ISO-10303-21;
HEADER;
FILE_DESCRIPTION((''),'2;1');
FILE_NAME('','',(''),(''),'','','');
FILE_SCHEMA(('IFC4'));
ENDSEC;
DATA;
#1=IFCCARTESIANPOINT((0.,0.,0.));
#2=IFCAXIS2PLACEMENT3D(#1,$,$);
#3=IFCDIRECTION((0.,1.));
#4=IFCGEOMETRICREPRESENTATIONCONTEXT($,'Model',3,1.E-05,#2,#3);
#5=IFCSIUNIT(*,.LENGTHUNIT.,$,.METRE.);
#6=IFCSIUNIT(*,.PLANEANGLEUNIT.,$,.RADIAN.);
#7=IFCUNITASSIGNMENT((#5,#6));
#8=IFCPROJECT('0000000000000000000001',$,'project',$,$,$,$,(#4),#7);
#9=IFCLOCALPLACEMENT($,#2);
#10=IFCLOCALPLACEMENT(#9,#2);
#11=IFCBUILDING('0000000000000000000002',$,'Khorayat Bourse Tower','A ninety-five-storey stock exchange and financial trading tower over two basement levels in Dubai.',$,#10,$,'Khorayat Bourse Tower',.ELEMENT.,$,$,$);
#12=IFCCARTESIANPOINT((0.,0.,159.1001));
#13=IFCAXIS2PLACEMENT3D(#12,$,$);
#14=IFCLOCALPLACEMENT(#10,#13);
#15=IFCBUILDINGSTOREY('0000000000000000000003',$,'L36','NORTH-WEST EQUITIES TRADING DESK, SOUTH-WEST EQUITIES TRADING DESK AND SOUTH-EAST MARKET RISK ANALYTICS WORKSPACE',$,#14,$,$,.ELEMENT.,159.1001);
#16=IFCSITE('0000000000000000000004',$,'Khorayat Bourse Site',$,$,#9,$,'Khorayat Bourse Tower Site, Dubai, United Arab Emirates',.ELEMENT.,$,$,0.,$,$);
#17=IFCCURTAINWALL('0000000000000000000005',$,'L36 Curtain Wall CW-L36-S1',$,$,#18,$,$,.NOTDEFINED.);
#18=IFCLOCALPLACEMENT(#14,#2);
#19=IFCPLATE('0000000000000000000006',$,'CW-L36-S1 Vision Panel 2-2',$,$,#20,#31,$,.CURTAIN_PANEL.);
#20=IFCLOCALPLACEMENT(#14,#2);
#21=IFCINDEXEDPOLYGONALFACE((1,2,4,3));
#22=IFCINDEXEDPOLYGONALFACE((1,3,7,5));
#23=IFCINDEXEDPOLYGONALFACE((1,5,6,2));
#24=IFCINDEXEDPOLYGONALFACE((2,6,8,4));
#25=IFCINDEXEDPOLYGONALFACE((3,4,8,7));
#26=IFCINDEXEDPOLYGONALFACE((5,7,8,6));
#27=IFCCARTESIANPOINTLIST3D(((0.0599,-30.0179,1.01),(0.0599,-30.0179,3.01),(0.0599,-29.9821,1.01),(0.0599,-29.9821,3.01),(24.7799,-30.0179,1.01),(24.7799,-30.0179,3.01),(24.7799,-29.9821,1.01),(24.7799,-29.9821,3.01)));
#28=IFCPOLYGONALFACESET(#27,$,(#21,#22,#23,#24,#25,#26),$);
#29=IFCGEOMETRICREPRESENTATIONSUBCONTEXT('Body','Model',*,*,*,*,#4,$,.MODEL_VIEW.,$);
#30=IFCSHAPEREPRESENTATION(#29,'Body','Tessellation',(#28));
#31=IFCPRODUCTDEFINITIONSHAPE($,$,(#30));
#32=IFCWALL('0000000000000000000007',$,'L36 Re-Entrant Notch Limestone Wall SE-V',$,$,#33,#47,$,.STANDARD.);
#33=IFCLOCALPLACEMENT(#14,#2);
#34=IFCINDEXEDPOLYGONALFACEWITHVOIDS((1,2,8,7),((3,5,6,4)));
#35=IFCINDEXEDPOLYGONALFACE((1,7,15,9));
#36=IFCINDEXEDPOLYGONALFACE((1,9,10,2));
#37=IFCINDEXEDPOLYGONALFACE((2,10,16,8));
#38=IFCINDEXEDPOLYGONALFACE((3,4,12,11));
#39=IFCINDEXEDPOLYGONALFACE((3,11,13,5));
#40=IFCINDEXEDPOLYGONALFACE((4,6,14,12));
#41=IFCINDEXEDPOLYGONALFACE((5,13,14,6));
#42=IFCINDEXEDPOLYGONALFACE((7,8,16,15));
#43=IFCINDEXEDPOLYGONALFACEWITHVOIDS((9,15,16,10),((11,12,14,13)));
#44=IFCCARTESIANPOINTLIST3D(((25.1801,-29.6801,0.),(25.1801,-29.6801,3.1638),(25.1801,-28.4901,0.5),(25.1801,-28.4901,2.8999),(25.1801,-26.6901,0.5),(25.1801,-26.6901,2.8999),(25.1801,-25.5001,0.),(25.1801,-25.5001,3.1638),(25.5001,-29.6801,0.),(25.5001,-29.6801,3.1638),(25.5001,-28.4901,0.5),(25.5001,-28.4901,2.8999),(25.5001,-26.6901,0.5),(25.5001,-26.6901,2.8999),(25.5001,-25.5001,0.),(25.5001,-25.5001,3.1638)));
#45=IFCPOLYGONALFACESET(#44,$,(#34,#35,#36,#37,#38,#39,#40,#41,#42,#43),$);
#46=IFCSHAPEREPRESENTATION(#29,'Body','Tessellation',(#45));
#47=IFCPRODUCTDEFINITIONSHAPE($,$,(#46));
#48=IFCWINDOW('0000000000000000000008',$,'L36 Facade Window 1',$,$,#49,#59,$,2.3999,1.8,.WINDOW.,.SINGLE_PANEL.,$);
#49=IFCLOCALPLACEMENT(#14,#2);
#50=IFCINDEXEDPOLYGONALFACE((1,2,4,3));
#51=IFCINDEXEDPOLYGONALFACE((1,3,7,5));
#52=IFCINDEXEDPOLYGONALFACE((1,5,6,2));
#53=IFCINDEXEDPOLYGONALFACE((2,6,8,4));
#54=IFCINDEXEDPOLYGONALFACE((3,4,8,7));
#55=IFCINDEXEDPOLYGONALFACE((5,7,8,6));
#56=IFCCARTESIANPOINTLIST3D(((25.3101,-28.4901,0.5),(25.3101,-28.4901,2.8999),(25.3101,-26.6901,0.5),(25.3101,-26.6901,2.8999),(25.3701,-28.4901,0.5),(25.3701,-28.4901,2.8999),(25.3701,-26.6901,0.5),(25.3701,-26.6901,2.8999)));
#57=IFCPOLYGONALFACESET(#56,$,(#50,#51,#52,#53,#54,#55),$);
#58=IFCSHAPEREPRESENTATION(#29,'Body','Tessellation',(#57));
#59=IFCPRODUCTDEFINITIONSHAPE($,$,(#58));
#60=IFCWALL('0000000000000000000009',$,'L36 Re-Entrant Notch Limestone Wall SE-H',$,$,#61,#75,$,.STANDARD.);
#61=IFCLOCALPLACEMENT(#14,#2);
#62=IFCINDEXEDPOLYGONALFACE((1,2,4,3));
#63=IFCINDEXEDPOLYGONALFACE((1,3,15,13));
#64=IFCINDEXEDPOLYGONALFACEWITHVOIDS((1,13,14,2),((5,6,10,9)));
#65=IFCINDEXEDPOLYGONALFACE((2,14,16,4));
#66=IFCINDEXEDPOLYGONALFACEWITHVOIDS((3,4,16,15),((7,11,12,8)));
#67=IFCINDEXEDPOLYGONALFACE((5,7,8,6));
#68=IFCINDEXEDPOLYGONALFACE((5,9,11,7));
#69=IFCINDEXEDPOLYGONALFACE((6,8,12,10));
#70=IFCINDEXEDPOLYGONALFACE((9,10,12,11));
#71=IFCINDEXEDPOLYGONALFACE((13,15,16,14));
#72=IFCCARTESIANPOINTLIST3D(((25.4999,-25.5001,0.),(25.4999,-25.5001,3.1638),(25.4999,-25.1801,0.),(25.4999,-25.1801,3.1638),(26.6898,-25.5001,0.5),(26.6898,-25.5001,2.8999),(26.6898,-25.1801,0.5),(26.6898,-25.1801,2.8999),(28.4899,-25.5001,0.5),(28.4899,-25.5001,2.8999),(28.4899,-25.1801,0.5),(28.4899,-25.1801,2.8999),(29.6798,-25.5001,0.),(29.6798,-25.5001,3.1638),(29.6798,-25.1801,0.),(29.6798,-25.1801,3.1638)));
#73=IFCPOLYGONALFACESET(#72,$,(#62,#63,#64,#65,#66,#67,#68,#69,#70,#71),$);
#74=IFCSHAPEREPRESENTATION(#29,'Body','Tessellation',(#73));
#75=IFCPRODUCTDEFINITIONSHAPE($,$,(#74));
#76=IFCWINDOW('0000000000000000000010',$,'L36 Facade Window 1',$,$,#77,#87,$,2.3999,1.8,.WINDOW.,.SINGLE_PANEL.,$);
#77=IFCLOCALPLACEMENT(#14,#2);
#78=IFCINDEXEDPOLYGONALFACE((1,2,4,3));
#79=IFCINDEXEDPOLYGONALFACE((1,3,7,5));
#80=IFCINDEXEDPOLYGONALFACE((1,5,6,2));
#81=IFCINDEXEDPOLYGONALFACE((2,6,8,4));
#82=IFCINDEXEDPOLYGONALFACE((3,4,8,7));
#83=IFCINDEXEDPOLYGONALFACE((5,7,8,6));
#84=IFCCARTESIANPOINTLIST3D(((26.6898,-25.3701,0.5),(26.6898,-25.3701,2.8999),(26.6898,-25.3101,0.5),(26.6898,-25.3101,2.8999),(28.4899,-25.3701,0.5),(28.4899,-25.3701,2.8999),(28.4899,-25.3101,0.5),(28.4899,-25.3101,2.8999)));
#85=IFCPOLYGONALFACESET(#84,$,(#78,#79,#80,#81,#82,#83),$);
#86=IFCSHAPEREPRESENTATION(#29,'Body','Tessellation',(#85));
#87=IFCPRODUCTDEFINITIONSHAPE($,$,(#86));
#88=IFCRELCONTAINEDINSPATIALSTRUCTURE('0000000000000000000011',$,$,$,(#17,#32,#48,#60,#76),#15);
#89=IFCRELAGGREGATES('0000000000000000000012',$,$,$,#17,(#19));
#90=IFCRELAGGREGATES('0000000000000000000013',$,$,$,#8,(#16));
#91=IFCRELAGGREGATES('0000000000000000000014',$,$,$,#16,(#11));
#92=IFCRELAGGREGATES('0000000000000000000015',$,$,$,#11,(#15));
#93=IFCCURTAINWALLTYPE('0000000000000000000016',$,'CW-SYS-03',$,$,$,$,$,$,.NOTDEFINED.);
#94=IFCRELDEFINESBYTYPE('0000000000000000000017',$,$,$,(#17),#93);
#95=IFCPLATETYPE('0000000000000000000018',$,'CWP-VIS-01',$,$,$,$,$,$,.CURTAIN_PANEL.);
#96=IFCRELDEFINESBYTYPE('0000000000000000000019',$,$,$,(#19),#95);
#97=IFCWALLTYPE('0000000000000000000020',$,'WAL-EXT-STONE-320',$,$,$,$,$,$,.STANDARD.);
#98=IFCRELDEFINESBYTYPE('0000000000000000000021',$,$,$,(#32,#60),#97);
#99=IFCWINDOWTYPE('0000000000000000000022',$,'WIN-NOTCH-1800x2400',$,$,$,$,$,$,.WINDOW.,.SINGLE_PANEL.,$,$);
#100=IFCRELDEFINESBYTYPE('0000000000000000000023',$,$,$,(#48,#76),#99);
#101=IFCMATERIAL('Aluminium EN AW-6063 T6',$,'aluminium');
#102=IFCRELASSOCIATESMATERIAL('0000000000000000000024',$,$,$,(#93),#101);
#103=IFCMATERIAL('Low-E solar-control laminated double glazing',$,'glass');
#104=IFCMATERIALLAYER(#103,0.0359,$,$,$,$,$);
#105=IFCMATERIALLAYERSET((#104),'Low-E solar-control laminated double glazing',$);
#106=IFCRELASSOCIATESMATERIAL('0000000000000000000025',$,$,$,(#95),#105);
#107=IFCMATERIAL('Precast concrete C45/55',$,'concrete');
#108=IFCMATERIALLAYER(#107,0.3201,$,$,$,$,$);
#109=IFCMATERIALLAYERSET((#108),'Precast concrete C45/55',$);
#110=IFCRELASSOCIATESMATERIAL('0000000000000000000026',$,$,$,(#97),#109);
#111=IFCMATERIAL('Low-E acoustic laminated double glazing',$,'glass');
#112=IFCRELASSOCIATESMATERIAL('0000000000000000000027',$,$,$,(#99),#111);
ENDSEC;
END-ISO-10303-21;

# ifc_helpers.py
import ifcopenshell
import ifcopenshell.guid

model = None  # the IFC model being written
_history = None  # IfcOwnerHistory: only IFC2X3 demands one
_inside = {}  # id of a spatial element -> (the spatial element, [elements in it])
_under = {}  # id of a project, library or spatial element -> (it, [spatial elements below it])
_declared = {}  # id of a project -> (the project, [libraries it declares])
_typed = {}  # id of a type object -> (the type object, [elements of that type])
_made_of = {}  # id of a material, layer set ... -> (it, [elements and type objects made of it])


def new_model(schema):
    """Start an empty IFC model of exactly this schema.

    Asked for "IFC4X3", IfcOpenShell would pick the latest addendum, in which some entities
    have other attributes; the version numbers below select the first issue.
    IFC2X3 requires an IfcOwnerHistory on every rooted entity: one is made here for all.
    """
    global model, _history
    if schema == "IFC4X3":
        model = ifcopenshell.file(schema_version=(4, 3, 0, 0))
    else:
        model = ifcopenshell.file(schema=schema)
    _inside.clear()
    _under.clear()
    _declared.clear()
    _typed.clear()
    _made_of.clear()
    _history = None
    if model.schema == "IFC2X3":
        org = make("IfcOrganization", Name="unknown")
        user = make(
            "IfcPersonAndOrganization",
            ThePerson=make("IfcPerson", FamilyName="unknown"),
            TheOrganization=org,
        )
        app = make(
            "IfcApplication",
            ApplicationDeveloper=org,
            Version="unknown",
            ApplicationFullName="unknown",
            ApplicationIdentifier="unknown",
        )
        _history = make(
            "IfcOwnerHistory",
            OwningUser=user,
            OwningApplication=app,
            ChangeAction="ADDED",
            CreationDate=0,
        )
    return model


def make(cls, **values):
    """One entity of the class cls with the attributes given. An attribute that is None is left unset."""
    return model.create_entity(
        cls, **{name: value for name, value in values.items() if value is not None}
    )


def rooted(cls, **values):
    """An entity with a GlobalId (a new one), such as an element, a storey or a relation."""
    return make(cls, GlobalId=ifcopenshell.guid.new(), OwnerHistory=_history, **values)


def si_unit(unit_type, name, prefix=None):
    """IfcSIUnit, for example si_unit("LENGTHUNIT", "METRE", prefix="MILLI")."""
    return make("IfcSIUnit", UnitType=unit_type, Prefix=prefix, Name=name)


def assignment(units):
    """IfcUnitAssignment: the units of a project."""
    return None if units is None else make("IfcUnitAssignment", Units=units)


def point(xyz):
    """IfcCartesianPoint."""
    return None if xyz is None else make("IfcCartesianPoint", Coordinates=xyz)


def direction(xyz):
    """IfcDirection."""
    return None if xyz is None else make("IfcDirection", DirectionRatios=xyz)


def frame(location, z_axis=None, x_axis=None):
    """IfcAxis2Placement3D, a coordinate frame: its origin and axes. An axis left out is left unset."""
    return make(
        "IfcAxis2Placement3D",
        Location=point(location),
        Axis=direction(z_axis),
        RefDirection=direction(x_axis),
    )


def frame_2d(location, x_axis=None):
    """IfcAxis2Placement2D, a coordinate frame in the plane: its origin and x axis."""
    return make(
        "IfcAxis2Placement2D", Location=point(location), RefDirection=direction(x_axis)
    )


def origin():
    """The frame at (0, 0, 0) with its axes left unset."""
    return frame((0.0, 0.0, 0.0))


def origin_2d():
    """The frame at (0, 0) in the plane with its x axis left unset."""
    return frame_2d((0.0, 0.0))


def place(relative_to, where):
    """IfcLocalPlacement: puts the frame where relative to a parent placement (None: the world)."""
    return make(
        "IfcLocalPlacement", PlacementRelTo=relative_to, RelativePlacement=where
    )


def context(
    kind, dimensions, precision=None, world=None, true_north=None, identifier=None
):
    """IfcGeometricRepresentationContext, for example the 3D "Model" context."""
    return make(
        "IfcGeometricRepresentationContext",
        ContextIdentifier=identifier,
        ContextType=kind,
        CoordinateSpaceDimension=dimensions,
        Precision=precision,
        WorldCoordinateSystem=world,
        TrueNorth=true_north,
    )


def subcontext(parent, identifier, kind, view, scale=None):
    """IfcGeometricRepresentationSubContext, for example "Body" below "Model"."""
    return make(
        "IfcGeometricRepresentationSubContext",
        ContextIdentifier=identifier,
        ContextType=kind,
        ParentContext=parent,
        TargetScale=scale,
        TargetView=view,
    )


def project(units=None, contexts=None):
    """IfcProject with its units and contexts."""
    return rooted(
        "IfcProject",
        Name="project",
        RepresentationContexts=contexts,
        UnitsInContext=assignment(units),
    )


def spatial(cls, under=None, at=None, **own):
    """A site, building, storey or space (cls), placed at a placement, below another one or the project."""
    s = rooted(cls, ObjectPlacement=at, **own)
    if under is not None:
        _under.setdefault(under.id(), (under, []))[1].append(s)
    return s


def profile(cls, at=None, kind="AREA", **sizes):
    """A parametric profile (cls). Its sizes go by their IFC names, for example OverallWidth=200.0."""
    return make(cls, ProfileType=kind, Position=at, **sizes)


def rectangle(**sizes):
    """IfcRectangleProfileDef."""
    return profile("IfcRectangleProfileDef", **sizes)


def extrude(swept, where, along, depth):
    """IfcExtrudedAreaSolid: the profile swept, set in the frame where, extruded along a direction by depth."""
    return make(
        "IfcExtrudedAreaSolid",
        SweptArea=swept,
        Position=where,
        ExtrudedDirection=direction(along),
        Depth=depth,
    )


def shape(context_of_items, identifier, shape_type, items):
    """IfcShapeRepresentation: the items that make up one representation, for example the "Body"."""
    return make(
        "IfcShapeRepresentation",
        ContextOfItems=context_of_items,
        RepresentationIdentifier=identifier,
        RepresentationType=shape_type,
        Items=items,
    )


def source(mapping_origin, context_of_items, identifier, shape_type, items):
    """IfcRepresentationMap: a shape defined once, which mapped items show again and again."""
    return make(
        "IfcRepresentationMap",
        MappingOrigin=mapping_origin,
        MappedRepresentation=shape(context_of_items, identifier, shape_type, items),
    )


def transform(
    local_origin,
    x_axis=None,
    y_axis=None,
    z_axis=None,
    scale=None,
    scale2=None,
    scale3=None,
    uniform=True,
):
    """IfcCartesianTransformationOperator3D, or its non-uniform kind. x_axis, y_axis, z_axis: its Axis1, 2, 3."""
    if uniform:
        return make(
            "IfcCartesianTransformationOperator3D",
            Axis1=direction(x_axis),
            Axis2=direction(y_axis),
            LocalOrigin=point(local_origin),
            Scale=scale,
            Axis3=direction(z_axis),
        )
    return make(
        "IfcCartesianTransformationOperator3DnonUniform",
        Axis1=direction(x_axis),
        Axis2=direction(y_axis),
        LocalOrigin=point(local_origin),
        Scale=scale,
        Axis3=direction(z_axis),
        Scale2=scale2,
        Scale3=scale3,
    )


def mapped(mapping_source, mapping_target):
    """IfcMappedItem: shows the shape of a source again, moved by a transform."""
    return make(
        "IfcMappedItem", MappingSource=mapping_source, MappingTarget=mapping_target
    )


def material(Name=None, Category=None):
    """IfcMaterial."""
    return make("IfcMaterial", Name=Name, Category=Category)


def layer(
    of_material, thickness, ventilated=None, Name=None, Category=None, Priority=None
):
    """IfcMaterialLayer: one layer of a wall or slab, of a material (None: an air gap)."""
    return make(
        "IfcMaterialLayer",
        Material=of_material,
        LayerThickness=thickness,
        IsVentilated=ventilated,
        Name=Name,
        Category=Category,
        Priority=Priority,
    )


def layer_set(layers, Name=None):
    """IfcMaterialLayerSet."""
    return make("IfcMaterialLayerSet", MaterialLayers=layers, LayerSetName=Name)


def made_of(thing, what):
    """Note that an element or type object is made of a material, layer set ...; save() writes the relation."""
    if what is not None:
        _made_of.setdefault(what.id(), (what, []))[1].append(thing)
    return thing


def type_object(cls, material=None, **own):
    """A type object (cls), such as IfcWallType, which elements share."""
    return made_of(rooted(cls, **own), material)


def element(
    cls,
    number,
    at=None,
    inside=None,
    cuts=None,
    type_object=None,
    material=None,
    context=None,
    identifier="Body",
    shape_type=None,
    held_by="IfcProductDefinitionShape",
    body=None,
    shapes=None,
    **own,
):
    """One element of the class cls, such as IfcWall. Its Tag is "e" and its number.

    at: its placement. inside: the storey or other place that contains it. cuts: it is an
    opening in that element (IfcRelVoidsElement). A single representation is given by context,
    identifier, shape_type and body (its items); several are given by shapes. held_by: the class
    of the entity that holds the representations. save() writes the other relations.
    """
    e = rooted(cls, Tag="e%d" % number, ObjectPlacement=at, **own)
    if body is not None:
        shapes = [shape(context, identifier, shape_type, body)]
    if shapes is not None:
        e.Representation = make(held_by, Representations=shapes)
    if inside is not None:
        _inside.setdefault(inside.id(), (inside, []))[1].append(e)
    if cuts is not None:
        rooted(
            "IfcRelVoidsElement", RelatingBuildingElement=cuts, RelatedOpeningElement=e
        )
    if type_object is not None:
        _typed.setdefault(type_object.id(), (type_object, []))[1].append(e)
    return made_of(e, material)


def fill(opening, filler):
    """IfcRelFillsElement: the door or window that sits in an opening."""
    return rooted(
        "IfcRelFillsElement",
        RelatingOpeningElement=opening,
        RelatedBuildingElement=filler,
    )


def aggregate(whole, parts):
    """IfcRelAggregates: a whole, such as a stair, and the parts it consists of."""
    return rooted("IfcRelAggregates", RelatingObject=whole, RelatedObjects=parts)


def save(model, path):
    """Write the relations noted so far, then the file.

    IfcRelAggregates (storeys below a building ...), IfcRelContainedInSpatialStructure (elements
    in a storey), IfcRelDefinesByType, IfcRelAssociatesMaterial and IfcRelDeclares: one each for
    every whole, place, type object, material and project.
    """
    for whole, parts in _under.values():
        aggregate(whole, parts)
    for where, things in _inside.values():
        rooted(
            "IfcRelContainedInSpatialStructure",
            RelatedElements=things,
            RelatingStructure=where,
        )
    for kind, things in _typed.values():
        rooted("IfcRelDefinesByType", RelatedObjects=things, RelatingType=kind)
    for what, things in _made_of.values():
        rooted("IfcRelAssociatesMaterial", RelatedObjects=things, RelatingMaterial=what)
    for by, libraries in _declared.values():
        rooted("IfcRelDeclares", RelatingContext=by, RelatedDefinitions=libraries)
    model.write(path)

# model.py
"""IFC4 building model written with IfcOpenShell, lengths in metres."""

from ifc_helpers import new_model, si_unit, direction, frame, frame_2d, origin, origin_2d, place, context, subcontext, project, spatial, rectangle, extrude, source, transform, mapped, material, layer, layer_set, type_object, element, fill, aggregate, save


model = new_model("IFC4")

# Units and contexts
model_context = context("Model", 3, precision=1e-05, world=origin(), true_north=direction((0.0, 1.0)))
body_context = subcontext(model_context, "Body", "Model", "MODEL_VIEW")
ifc_project = project(units=[si_unit("LENGTHUNIT", "METRE"), si_unit("PLANEANGLEUNIT", "RADIAN")], contexts=[model_context])

# Site, building, storey
site_placement = place(None, origin())
site = spatial("IfcSite", under=ifc_project, at=site_placement, Name="Khorayat Bourse Site", LongName="Khorayat Bourse Tower Site, Dubai, United Arab Emirates", CompositionType="ELEMENT", RefElevation=0.0)
building_placement = place(site_placement, origin())
building = spatial("IfcBuilding", under=site, at=building_placement, Name="Khorayat Bourse Tower", Description="A ninety-five-storey stock exchange and financial trading tower over two basement levels in Dubai.", LongName="Khorayat Bourse Tower", CompositionType="ELEMENT")
storey_placement = place(building_placement, frame((0.0, 0.0, 159.1001)))
storey = spatial("IfcBuildingStorey", under=building, at=storey_placement, Name="L36", Description="NORTH-WEST EQUITIES TRADING DESK, SOUTH-WEST EQUITIES TRADING DESK AND SOUTH-EAST MARKET RISK ANALYTICS WORKSPACE", CompositionType="ELEMENT", Elevation=159.1001)

# Curtain wall
ifc_material_1 = material(Name="Aluminium EN AW-6063 T6", Category="aluminium")
curtain_wall_type = type_object("IfcCurtainWallType", Name="CW-SYS-03", PredefinedType="NOTDEFINED", material=ifc_material_1)
curtain_wall_1_placement = place(storey_placement, origin())
curtain_wall_1 = element("IfcCurtainWall", 1, at=curtain_wall_1_placement, inside=storey, type_object=curtain_wall_type, Name="L36 Curtain Wall CW-L36-S1", PredefinedType="NOTDEFINED")

# Plate
ifc_material_2 = material(Name="Low-E solar-control laminated double glazing", Category="glass")
ifc_layer_1 = layer(ifc_material_2, 0.0359)
ifc_layer_set_1 = layer_set([ifc_layer_1], Name="Low-E solar-control laminated double glazing")
plate_type_1 = type_object("IfcPlateType", Name="CWP-VIS-01", PredefinedType="CURTAIN_PANEL", material=ifc_layer_set_1)
shared_shape_1 = source(origin(), body_context, "Body", "SweptSolid", [
    extrude(rectangle(XDim=24.72, YDim=0.0359, at=origin_2d()), origin(), (0.0, 0.0, 1.0), 2.0),
])
plate_1_placement = place(storey_placement, frame((12.4199, -30.0, 1.01), z_axis=(0.0, 0.0, 1.0), x_axis=(1.0, 0.0, 0.0)))
plate_1 = element("IfcPlate", 2, at=plate_1_placement, type_object=plate_type_1, Name="CW-L36-S1 Vision Panel 2-2", PredefinedType="CURTAIN_PANEL", context=body_context, shape_type="MappedRepresentation", body=[
    mapped(shared_shape_1, transform((0.0, 0.0, 0.0), scale=1.0)),
])
aggregate(curtain_wall_1, [plate_1])

# Walls, openings, windows
ifc_material_3 = material(Name="Precast concrete C45/55", Category="concrete")
ifc_layer_2 = layer(ifc_material_3, 0.3201)
ifc_layer_set_2 = layer_set([ifc_layer_2], Name="Precast concrete C45/55")
wall_type = type_object("IfcWallType", Name="WAL-EXT-STONE-320", PredefinedType="STANDARD", material=ifc_layer_set_2)
shared_shape_2 = source(origin(), body_context, "Body", "SweptSolid", [
    extrude(rectangle(XDim=4.1799, YDim=0.3201, at=frame_2d((2.0898, 0.0))), origin(), (0.0, 0.0, 1.0), 3.1638),
])
wall_1_placement = place(storey_placement, frame((25.3401, -29.6799, 0.0), z_axis=(0.0, 0.0, 1.0), x_axis=(0.0, 1.0, 0.0)))
wall_1 = element("IfcWall", 3, at=wall_1_placement, inside=storey, type_object=wall_type, Name="L36 Re-Entrant Notch Limestone Wall SE-V", PredefinedType="STANDARD", context=body_context, shape_type="MappedRepresentation", body=[
    mapped(shared_shape_2, transform((0.0, 0.0, 0.0), scale=1.0)),
])
shared_shape_3 = source(origin(), body_context, "Body", "SweptSolid", [
    extrude(rectangle(XDim=1.8, YDim=2.3999, at=frame_2d((0.8999, 1.2))), frame((0.0, 0.1699, 0.0), z_axis=(0.0, -1.0, 0.0), x_axis=(1.0, 0.0, 0.0)), (0.0, 0.0, 1.0), 0.3401),
])
opening_1_placement = place(wall_1_placement, frame((1.1899, 0.0, 0.5)))
opening_1 = element("IfcOpeningElement", 4, at=opening_1_placement, cuts=wall_1, PredefinedType="OPENING", context=body_context, shape_type="MappedRepresentation", body=[
    mapped(shared_shape_3, transform((0.0, 0.0, 0.0), scale=1.0)),
])
ifc_material_4 = material(Name="Low-E acoustic laminated double glazing", Category="glass")
window_type = type_object("IfcWindowType", Name="WIN-NOTCH-1800x2400", PartitioningType="SINGLE_PANEL", PredefinedType="WINDOW", material=ifc_material_4)
shared_shape_4 = source(origin(), body_context, "Body", "SweptSolid", [
    extrude(rectangle(XDim=1.8, YDim=2.3999, at=frame_2d((0.8999, 1.2))), frame((0.0, 0.03, 0.0), z_axis=(0.0, -1.0, 0.0), x_axis=(1.0, 0.0, 0.0)), (0.0, 0.0, 1.0), 0.0601),
])
window_1_placement = place(opening_1_placement, origin())
window_1 = element("IfcWindow", 5, at=window_1_placement, inside=storey, type_object=window_type, Name="L36 Facade Window 1", OverallHeight=2.3999, OverallWidth=1.8, PartitioningType="SINGLE_PANEL", PredefinedType="WINDOW", context=body_context, shape_type="MappedRepresentation", body=[
    mapped(shared_shape_4, transform((0.0, 0.0, 0.0), scale=1.0)),
])
fill(opening_1, window_1)
wall_2_placement = place(storey_placement, frame((25.5, -25.3401, 0.0), z_axis=(0.0, 0.0, 1.0), x_axis=(1.0, 0.0, 0.0)))
wall_2 = element("IfcWall", 6, at=wall_2_placement, inside=storey, type_object=wall_type, Name="L36 Re-Entrant Notch Limestone Wall SE-H", PredefinedType="STANDARD", context=body_context, shape_type="MappedRepresentation", body=[
    mapped(shared_shape_2, transform((0.0, 0.0, 0.0), scale=1.0)),
])
opening_2_placement = place(wall_2_placement, frame((1.1899, 0.0, 0.5)))
opening_2 = element("IfcOpeningElement", 7, at=opening_2_placement, cuts=wall_2, PredefinedType="OPENING", context=body_context, shape_type="MappedRepresentation", body=[
    mapped(shared_shape_3, transform((0.0, 0.0, 0.0), scale=1.0)),
])
window_2_placement = place(opening_2_placement, origin())
window_2 = element("IfcWindow", 8, at=window_2_placement, inside=storey, type_object=window_type, Name="L36 Facade Window 1", OverallHeight=2.3999, OverallWidth=1.8, PartitioningType="SINGLE_PANEL", PredefinedType="WINDOW", context=body_context, shape_type="MappedRepresentation", body=[
    mapped(shared_shape_4, transform((0.0, 0.0, 0.0), scale=1.0)),
])
fill(opening_2, window_2)

save(model, "model.ifc")
